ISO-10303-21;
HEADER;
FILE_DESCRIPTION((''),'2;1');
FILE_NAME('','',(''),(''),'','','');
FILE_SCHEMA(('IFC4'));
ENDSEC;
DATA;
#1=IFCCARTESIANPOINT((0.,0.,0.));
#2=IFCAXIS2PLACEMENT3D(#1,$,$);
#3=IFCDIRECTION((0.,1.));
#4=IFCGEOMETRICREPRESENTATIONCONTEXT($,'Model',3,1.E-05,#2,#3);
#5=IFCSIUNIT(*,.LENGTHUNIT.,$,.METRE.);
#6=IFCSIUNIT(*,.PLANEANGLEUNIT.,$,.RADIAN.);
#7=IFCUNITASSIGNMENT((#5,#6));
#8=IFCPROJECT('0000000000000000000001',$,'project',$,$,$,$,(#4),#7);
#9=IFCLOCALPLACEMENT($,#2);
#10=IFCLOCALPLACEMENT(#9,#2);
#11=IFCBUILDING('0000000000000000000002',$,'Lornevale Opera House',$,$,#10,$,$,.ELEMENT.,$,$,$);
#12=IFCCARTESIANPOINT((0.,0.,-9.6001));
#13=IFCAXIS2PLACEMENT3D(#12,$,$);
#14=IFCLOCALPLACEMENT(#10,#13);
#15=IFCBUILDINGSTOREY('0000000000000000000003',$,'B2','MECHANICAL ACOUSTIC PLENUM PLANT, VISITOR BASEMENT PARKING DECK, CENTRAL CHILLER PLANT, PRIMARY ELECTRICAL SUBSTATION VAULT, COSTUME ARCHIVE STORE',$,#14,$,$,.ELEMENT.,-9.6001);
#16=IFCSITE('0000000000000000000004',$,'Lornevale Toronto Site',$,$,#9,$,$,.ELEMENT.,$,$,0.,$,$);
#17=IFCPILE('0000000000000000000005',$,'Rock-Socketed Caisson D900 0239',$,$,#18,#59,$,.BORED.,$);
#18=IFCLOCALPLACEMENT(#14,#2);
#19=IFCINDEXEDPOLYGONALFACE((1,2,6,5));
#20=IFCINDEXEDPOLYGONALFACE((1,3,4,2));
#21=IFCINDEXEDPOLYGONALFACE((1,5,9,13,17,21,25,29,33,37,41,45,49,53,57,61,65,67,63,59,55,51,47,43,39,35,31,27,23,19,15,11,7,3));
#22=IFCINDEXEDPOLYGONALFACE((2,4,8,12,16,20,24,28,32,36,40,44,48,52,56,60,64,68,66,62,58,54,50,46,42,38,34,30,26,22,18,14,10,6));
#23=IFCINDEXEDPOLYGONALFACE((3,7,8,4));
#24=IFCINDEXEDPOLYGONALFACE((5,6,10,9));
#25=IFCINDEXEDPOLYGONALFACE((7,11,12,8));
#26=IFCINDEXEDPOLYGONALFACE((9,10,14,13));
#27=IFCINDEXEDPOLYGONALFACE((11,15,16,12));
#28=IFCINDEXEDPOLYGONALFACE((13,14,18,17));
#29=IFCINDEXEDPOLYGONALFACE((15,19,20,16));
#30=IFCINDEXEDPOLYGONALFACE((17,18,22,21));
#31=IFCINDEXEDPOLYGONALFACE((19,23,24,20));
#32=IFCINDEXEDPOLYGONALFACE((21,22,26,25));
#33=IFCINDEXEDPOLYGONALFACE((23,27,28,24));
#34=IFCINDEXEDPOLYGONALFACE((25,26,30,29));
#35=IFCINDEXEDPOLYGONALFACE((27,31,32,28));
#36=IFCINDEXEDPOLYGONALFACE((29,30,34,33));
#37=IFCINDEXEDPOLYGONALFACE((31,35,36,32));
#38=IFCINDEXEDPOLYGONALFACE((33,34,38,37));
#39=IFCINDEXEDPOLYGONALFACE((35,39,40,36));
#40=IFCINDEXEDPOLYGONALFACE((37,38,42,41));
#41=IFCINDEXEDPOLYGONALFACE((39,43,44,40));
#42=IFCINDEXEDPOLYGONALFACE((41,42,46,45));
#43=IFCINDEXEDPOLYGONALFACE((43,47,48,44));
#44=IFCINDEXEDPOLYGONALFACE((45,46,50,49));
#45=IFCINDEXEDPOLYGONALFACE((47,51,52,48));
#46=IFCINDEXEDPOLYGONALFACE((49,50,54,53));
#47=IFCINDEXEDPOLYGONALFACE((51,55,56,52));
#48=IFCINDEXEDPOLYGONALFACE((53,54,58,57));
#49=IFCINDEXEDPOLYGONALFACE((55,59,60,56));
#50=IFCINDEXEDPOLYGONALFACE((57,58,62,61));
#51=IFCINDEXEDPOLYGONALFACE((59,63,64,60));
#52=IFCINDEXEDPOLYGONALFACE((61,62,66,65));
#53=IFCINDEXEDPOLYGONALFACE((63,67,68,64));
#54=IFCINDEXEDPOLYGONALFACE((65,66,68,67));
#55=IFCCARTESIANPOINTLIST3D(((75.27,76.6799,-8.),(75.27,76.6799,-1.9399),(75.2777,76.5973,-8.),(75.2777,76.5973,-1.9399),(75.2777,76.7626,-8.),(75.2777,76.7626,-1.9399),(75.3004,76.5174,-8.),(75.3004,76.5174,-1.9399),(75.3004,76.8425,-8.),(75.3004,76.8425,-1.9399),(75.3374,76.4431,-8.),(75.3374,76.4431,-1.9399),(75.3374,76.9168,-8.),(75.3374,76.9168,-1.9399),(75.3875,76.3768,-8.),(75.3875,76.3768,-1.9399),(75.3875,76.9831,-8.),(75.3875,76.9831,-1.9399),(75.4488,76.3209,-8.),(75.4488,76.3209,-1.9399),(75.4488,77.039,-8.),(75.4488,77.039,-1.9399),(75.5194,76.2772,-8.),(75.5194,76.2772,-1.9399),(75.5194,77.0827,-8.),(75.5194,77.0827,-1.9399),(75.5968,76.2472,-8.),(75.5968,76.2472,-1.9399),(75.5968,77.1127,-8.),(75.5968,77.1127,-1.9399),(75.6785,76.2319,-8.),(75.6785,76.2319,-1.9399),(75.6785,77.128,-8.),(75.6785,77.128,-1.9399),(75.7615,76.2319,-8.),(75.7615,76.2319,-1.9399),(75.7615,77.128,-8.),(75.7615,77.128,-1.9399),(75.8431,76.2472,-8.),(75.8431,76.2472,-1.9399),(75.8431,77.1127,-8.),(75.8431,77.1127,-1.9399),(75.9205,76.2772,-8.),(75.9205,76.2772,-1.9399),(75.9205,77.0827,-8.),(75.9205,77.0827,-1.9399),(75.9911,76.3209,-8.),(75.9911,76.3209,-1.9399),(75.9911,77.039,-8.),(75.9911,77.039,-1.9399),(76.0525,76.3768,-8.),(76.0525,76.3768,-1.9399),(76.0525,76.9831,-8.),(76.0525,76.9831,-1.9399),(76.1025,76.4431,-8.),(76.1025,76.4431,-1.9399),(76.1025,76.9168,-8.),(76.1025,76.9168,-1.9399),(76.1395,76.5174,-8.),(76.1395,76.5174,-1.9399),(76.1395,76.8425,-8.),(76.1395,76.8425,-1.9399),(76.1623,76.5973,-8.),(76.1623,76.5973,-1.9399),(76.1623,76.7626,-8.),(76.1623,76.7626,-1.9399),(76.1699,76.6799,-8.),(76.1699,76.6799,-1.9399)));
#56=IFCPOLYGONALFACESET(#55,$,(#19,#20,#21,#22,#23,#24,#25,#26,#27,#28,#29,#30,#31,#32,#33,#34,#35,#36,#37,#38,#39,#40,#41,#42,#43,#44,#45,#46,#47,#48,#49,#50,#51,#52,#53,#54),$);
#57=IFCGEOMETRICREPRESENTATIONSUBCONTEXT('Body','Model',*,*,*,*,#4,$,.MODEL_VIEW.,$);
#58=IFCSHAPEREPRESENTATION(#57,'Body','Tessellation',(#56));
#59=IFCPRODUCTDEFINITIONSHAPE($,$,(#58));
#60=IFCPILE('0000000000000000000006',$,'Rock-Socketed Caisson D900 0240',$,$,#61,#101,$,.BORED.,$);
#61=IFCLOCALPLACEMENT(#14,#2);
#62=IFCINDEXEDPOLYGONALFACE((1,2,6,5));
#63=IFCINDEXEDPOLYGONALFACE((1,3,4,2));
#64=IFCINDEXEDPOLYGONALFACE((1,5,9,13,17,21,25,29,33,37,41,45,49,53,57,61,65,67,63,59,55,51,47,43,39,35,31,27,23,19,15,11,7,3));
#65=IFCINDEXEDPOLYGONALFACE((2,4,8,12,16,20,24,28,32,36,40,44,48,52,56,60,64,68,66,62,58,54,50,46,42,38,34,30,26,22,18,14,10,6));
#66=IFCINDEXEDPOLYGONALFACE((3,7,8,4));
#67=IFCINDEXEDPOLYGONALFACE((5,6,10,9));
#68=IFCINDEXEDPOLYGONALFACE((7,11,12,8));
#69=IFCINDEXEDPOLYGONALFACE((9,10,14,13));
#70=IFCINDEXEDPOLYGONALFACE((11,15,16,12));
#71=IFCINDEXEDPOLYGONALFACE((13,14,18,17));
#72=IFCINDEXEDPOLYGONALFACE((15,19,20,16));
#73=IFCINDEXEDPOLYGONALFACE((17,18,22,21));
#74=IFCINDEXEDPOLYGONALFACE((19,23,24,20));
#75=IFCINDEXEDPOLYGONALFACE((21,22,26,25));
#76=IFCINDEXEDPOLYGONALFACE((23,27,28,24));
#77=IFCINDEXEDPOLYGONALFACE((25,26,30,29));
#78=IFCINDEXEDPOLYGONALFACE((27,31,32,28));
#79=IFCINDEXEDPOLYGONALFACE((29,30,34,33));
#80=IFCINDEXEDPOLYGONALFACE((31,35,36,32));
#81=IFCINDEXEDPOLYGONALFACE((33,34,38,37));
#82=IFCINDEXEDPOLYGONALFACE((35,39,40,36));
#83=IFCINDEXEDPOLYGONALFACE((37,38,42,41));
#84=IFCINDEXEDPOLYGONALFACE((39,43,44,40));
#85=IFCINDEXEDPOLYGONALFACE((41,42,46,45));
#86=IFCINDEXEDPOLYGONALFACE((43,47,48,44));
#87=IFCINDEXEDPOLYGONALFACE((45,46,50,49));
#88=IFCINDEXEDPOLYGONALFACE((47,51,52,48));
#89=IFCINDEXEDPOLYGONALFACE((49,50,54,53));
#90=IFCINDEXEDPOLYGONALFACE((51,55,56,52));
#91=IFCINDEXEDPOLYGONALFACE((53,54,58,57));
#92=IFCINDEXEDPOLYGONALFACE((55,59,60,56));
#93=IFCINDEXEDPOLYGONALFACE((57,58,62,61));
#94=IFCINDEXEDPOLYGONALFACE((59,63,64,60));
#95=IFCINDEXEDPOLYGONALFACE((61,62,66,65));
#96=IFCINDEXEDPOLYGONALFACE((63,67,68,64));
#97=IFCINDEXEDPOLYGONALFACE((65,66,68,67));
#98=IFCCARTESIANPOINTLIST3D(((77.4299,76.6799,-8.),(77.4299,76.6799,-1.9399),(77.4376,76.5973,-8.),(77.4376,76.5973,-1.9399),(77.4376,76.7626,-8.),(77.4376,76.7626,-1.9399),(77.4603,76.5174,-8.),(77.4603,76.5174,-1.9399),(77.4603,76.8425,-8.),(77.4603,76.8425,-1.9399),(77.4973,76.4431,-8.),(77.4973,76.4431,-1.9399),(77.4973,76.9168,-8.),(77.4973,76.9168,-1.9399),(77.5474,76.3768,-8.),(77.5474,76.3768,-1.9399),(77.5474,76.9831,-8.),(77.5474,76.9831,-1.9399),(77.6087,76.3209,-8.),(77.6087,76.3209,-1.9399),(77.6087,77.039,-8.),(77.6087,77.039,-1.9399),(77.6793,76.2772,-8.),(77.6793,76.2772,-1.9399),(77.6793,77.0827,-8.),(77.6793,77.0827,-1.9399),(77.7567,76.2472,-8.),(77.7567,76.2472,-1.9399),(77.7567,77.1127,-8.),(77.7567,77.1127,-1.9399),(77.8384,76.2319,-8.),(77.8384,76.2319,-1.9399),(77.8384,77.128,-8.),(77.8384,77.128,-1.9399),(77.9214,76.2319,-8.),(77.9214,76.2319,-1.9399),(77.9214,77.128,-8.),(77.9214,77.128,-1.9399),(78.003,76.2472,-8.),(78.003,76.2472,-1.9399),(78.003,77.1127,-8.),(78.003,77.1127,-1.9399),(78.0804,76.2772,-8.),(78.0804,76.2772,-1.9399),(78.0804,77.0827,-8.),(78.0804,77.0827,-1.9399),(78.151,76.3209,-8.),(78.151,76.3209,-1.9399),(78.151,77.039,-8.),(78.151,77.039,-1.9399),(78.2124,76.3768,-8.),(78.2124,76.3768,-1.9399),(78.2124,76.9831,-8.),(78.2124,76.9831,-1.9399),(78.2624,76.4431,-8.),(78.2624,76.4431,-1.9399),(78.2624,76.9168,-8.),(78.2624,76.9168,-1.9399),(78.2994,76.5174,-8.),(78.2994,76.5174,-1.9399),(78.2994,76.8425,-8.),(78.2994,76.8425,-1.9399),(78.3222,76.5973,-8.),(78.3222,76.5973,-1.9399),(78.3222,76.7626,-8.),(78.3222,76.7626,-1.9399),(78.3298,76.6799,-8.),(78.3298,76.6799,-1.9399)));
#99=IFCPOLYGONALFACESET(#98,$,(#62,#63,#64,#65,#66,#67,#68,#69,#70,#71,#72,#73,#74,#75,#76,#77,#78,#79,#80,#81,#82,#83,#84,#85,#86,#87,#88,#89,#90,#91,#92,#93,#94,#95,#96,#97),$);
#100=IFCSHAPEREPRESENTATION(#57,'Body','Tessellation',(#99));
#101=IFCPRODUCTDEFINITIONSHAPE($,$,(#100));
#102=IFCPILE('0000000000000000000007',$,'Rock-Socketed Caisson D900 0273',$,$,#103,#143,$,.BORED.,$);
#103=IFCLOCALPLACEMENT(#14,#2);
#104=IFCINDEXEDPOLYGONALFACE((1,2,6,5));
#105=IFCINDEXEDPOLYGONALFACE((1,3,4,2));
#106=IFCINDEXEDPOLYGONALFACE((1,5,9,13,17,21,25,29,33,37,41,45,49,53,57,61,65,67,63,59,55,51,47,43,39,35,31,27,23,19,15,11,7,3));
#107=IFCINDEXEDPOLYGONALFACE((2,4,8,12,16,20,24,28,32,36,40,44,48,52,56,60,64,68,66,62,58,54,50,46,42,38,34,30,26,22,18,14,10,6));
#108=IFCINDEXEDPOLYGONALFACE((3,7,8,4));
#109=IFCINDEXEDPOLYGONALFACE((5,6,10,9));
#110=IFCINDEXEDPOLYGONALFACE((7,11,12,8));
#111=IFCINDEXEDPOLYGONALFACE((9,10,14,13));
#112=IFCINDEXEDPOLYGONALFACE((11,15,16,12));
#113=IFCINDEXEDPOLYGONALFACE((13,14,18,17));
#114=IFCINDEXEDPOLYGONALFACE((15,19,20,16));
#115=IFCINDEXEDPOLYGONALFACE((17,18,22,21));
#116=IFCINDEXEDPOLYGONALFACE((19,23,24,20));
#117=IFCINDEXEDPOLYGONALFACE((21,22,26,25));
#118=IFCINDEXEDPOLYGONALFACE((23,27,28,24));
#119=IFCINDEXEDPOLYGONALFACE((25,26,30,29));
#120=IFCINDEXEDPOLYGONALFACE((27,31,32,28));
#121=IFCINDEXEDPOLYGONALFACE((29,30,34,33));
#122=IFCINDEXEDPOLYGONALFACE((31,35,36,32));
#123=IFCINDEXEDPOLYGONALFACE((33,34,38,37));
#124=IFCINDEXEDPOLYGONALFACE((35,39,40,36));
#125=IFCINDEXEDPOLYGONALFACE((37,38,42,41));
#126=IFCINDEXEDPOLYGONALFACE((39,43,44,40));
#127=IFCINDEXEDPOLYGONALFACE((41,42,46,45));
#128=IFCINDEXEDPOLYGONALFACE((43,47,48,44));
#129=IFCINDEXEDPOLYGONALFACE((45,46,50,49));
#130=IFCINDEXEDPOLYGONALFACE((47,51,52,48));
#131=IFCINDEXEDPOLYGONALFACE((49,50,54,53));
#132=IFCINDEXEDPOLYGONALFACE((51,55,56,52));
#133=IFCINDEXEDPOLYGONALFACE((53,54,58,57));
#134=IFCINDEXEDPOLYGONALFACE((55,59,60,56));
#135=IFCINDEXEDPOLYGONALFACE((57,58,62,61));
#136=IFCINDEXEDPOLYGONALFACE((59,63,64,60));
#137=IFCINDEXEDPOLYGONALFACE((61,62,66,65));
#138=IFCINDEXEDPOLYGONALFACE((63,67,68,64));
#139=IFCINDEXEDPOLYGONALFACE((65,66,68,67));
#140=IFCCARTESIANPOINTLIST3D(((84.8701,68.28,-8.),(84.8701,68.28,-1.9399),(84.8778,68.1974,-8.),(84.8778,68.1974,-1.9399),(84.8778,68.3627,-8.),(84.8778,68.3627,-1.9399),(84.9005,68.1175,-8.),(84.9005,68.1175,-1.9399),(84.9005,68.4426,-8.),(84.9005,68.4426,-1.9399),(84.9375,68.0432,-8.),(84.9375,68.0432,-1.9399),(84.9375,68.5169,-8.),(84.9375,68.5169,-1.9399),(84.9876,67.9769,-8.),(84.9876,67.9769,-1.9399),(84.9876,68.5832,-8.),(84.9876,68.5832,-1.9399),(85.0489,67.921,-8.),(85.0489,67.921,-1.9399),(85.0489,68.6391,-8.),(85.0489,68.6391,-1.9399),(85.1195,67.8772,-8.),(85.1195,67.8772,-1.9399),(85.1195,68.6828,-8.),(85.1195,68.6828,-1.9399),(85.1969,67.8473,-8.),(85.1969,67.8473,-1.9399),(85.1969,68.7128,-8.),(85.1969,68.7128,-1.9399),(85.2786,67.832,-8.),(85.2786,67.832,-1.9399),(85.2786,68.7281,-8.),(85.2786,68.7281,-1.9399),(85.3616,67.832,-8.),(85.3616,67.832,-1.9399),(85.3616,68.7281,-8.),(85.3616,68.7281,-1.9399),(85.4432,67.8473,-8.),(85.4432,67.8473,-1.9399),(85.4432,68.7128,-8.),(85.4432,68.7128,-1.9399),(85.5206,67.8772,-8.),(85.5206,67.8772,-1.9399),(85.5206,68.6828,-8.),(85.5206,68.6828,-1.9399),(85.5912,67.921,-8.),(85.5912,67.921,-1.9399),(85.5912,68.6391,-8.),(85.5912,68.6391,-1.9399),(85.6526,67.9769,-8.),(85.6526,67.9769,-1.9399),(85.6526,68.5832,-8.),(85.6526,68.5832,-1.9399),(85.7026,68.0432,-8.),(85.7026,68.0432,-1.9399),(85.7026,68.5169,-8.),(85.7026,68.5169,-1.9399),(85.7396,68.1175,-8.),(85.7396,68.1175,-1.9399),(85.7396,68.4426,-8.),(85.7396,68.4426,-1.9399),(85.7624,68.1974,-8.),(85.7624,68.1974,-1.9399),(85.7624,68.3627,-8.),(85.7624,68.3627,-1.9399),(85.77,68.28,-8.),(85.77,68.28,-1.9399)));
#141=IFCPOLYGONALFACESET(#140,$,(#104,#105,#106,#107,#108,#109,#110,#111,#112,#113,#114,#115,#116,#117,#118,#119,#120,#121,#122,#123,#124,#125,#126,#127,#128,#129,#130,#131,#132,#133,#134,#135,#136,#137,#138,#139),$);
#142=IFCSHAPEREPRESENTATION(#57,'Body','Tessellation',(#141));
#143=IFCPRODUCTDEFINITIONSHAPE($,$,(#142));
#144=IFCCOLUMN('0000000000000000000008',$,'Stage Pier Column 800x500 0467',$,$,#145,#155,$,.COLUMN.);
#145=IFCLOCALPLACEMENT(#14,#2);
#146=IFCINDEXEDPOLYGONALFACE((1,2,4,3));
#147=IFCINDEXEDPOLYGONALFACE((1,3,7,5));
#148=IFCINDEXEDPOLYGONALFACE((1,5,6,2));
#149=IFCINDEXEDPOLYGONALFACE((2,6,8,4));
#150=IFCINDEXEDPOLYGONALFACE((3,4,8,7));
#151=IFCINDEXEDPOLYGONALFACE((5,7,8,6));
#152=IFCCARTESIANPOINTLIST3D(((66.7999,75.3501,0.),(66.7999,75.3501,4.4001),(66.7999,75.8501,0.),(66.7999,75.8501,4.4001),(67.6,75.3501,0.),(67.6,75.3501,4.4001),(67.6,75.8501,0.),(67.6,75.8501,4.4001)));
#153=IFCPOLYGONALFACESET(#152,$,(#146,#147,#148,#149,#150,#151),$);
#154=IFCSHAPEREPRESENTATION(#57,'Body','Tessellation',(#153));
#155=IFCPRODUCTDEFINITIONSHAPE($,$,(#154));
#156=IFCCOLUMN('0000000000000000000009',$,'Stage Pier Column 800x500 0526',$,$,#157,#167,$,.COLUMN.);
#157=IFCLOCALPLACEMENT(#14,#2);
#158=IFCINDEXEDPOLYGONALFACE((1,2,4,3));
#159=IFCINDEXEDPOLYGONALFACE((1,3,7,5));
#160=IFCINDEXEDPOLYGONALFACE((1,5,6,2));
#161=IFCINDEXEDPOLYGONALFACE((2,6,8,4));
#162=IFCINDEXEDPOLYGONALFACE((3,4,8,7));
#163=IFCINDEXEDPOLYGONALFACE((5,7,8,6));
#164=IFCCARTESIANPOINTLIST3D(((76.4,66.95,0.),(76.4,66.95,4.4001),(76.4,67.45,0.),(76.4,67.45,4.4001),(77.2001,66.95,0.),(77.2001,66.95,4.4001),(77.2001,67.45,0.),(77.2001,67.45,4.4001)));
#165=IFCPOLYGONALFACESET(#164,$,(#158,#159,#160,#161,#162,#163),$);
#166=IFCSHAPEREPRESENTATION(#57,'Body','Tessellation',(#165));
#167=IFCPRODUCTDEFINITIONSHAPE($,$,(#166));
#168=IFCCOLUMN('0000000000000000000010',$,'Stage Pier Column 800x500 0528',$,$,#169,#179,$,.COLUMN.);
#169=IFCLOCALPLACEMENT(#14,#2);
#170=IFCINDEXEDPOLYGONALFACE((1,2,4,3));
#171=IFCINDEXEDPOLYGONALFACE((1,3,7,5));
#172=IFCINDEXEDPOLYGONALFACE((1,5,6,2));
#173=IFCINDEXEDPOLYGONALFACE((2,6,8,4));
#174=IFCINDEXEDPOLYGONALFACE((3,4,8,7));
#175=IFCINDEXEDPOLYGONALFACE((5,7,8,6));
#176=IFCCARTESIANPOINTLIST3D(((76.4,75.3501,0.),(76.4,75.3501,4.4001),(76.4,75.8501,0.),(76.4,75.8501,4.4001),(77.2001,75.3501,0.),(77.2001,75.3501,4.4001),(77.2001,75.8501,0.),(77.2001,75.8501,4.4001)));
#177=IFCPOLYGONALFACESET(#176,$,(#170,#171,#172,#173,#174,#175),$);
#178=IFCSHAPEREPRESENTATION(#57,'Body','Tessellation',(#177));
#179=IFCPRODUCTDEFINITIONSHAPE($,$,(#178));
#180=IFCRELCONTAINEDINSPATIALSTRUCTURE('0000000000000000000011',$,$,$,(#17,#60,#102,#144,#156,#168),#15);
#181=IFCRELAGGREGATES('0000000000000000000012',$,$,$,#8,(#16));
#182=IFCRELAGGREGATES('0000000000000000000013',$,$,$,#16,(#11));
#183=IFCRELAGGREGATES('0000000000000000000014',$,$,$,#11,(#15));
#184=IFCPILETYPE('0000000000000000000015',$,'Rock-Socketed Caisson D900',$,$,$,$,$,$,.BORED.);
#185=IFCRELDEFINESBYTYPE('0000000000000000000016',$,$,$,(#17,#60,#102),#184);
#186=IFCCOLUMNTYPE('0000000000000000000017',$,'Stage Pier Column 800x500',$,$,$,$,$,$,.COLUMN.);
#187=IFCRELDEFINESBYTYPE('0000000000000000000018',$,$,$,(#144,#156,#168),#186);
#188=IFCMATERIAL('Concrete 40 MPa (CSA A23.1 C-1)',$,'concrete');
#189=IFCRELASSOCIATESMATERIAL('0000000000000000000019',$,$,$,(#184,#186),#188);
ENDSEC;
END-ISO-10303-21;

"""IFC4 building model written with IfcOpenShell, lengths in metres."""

from ifc_helpers import new_model, si_unit, direction, frame, origin, origin_2d, place, context, subcontext, project, spatial, rectangle, circle, extrude, material, material_profile, profile_set, type_object, element, save


model = new_model("IFC4")

# Units and contexts
model_context = context("Model", 3, precision=1e-05, world=origin(), true_north=direction((0.0, 1.0)))
body_context = subcontext(model_context, "Body", "Model", "MODEL_VIEW")
ifc_project = project(units=[si_unit("LENGTHUNIT", "METRE"), si_unit("PLANEANGLEUNIT", "RADIAN")], contexts=[model_context])

# Site, building, storey
site_placement = place(None, origin())
site = spatial("IfcSite", under=ifc_project, at=site_placement, Name="Lornevale Toronto Site", CompositionType="ELEMENT", RefElevation=0.0)
building_placement = place(site_placement, origin())
building = spatial("IfcBuilding", under=site, at=building_placement, Name="Lornevale Opera House", CompositionType="ELEMENT")
storey_placement = place(building_placement, frame((0.0, 0.0, -9.6001)))
storey = spatial("IfcBuildingStorey", under=building, at=storey_placement, Name="B2", Description="MECHANICAL ACOUSTIC PLENUM PLANT, VISITOR BASEMENT PARKING DECK, CENTRAL CHILLER PLANT, PRIMARY ELECTRICAL SUBSTATION VAULT, COSTUME ARCHIVE STORE", CompositionType="ELEMENT", Elevation=-9.6001)

# Piles
ifc_material_1 = material(Name="Concrete 40 MPa (CSA A23.1 C-1)", Category="concrete")
ifc_material_profile_1 = material_profile(ifc_material_1, circle(Radius=0.45, at=origin_2d()), Name="CAIS900")
ifc_profile_set_1 = profile_set([ifc_material_profile_1], Name="Concrete 40 MPa (CSA A23.1 C-1)")
pile_type_1 = type_object("IfcPileType", Name="Rock-Socketed Caisson D900", PredefinedType="BORED", material=ifc_profile_set_1)
for number, where, z_axis, x_axis, name in (
    (1, (75.72, 76.6799, -1.9399), (0.0, 0.0, -1.0), (1.0, 0.0, 0.0), "Rock-Socketed Caisson D900 0239"),
    (2, (77.8799, 76.6799, -1.9399), (0.0, 0.0, -1.0), (1.0, 0.0, 0.0), "Rock-Socketed Caisson D900 0240"),
    (3, (85.3201, 68.28, -1.9399), (0.0, 0.0, -1.0), (1.0, 0.0, 0.0), "Rock-Socketed Caisson D900 0273"),
):
    element("IfcPile", number, at=place(storey_placement, frame(where, z_axis=z_axis, x_axis=x_axis)), inside=storey, type_object=pile_type_1, Name=name, PredefinedType="BORED", context=body_context, shape_type="SweptSolid", body=[
        extrude(circle(Radius=0.45, at=origin_2d()), origin(), (0.0, 0.0, 1.0), 6.0601),
    ])

# Columns
ifc_material_profile_2 = material_profile(ifc_material_1, rectangle(XDim=0.8, YDim=0.5, at=origin_2d()), Name="RC800x500")
ifc_profile_set_2 = profile_set([ifc_material_profile_2], Name="Concrete 40 MPa (CSA A23.1 C-1)")
column_type = type_object("IfcColumnType", Name="Stage Pier Column 800x500", PredefinedType="COLUMN", material=ifc_profile_set_2)
for number, where, z_axis, x_axis, name in (
    (4, (67.2, 75.6001, 0.0), (0.0, 0.0, 1.0), (1.0, 0.0, 0.0), "Stage Pier Column 800x500 0467"),
    (5, (76.8, 67.2, 0.0), (0.0, 0.0, 1.0), (1.0, 0.0, 0.0), "Stage Pier Column 800x500 0526"),
    (6, (76.8, 75.6001, 0.0), (0.0, 0.0, 1.0), (1.0, 0.0, 0.0), "Stage Pier Column 800x500 0528"),
):
    element("IfcColumn", number, at=place(storey_placement, frame(where, z_axis=z_axis, x_axis=x_axis)), inside=storey, type_object=column_type, Name=name, PredefinedType="COLUMN", context=body_context, shape_type="SweptSolid", body=[
        extrude(rectangle(XDim=0.8, YDim=0.5, at=origin_2d()), origin(), (0.0, 0.0, 1.0), 4.4001),
    ])

save(model, "model.ifc")
